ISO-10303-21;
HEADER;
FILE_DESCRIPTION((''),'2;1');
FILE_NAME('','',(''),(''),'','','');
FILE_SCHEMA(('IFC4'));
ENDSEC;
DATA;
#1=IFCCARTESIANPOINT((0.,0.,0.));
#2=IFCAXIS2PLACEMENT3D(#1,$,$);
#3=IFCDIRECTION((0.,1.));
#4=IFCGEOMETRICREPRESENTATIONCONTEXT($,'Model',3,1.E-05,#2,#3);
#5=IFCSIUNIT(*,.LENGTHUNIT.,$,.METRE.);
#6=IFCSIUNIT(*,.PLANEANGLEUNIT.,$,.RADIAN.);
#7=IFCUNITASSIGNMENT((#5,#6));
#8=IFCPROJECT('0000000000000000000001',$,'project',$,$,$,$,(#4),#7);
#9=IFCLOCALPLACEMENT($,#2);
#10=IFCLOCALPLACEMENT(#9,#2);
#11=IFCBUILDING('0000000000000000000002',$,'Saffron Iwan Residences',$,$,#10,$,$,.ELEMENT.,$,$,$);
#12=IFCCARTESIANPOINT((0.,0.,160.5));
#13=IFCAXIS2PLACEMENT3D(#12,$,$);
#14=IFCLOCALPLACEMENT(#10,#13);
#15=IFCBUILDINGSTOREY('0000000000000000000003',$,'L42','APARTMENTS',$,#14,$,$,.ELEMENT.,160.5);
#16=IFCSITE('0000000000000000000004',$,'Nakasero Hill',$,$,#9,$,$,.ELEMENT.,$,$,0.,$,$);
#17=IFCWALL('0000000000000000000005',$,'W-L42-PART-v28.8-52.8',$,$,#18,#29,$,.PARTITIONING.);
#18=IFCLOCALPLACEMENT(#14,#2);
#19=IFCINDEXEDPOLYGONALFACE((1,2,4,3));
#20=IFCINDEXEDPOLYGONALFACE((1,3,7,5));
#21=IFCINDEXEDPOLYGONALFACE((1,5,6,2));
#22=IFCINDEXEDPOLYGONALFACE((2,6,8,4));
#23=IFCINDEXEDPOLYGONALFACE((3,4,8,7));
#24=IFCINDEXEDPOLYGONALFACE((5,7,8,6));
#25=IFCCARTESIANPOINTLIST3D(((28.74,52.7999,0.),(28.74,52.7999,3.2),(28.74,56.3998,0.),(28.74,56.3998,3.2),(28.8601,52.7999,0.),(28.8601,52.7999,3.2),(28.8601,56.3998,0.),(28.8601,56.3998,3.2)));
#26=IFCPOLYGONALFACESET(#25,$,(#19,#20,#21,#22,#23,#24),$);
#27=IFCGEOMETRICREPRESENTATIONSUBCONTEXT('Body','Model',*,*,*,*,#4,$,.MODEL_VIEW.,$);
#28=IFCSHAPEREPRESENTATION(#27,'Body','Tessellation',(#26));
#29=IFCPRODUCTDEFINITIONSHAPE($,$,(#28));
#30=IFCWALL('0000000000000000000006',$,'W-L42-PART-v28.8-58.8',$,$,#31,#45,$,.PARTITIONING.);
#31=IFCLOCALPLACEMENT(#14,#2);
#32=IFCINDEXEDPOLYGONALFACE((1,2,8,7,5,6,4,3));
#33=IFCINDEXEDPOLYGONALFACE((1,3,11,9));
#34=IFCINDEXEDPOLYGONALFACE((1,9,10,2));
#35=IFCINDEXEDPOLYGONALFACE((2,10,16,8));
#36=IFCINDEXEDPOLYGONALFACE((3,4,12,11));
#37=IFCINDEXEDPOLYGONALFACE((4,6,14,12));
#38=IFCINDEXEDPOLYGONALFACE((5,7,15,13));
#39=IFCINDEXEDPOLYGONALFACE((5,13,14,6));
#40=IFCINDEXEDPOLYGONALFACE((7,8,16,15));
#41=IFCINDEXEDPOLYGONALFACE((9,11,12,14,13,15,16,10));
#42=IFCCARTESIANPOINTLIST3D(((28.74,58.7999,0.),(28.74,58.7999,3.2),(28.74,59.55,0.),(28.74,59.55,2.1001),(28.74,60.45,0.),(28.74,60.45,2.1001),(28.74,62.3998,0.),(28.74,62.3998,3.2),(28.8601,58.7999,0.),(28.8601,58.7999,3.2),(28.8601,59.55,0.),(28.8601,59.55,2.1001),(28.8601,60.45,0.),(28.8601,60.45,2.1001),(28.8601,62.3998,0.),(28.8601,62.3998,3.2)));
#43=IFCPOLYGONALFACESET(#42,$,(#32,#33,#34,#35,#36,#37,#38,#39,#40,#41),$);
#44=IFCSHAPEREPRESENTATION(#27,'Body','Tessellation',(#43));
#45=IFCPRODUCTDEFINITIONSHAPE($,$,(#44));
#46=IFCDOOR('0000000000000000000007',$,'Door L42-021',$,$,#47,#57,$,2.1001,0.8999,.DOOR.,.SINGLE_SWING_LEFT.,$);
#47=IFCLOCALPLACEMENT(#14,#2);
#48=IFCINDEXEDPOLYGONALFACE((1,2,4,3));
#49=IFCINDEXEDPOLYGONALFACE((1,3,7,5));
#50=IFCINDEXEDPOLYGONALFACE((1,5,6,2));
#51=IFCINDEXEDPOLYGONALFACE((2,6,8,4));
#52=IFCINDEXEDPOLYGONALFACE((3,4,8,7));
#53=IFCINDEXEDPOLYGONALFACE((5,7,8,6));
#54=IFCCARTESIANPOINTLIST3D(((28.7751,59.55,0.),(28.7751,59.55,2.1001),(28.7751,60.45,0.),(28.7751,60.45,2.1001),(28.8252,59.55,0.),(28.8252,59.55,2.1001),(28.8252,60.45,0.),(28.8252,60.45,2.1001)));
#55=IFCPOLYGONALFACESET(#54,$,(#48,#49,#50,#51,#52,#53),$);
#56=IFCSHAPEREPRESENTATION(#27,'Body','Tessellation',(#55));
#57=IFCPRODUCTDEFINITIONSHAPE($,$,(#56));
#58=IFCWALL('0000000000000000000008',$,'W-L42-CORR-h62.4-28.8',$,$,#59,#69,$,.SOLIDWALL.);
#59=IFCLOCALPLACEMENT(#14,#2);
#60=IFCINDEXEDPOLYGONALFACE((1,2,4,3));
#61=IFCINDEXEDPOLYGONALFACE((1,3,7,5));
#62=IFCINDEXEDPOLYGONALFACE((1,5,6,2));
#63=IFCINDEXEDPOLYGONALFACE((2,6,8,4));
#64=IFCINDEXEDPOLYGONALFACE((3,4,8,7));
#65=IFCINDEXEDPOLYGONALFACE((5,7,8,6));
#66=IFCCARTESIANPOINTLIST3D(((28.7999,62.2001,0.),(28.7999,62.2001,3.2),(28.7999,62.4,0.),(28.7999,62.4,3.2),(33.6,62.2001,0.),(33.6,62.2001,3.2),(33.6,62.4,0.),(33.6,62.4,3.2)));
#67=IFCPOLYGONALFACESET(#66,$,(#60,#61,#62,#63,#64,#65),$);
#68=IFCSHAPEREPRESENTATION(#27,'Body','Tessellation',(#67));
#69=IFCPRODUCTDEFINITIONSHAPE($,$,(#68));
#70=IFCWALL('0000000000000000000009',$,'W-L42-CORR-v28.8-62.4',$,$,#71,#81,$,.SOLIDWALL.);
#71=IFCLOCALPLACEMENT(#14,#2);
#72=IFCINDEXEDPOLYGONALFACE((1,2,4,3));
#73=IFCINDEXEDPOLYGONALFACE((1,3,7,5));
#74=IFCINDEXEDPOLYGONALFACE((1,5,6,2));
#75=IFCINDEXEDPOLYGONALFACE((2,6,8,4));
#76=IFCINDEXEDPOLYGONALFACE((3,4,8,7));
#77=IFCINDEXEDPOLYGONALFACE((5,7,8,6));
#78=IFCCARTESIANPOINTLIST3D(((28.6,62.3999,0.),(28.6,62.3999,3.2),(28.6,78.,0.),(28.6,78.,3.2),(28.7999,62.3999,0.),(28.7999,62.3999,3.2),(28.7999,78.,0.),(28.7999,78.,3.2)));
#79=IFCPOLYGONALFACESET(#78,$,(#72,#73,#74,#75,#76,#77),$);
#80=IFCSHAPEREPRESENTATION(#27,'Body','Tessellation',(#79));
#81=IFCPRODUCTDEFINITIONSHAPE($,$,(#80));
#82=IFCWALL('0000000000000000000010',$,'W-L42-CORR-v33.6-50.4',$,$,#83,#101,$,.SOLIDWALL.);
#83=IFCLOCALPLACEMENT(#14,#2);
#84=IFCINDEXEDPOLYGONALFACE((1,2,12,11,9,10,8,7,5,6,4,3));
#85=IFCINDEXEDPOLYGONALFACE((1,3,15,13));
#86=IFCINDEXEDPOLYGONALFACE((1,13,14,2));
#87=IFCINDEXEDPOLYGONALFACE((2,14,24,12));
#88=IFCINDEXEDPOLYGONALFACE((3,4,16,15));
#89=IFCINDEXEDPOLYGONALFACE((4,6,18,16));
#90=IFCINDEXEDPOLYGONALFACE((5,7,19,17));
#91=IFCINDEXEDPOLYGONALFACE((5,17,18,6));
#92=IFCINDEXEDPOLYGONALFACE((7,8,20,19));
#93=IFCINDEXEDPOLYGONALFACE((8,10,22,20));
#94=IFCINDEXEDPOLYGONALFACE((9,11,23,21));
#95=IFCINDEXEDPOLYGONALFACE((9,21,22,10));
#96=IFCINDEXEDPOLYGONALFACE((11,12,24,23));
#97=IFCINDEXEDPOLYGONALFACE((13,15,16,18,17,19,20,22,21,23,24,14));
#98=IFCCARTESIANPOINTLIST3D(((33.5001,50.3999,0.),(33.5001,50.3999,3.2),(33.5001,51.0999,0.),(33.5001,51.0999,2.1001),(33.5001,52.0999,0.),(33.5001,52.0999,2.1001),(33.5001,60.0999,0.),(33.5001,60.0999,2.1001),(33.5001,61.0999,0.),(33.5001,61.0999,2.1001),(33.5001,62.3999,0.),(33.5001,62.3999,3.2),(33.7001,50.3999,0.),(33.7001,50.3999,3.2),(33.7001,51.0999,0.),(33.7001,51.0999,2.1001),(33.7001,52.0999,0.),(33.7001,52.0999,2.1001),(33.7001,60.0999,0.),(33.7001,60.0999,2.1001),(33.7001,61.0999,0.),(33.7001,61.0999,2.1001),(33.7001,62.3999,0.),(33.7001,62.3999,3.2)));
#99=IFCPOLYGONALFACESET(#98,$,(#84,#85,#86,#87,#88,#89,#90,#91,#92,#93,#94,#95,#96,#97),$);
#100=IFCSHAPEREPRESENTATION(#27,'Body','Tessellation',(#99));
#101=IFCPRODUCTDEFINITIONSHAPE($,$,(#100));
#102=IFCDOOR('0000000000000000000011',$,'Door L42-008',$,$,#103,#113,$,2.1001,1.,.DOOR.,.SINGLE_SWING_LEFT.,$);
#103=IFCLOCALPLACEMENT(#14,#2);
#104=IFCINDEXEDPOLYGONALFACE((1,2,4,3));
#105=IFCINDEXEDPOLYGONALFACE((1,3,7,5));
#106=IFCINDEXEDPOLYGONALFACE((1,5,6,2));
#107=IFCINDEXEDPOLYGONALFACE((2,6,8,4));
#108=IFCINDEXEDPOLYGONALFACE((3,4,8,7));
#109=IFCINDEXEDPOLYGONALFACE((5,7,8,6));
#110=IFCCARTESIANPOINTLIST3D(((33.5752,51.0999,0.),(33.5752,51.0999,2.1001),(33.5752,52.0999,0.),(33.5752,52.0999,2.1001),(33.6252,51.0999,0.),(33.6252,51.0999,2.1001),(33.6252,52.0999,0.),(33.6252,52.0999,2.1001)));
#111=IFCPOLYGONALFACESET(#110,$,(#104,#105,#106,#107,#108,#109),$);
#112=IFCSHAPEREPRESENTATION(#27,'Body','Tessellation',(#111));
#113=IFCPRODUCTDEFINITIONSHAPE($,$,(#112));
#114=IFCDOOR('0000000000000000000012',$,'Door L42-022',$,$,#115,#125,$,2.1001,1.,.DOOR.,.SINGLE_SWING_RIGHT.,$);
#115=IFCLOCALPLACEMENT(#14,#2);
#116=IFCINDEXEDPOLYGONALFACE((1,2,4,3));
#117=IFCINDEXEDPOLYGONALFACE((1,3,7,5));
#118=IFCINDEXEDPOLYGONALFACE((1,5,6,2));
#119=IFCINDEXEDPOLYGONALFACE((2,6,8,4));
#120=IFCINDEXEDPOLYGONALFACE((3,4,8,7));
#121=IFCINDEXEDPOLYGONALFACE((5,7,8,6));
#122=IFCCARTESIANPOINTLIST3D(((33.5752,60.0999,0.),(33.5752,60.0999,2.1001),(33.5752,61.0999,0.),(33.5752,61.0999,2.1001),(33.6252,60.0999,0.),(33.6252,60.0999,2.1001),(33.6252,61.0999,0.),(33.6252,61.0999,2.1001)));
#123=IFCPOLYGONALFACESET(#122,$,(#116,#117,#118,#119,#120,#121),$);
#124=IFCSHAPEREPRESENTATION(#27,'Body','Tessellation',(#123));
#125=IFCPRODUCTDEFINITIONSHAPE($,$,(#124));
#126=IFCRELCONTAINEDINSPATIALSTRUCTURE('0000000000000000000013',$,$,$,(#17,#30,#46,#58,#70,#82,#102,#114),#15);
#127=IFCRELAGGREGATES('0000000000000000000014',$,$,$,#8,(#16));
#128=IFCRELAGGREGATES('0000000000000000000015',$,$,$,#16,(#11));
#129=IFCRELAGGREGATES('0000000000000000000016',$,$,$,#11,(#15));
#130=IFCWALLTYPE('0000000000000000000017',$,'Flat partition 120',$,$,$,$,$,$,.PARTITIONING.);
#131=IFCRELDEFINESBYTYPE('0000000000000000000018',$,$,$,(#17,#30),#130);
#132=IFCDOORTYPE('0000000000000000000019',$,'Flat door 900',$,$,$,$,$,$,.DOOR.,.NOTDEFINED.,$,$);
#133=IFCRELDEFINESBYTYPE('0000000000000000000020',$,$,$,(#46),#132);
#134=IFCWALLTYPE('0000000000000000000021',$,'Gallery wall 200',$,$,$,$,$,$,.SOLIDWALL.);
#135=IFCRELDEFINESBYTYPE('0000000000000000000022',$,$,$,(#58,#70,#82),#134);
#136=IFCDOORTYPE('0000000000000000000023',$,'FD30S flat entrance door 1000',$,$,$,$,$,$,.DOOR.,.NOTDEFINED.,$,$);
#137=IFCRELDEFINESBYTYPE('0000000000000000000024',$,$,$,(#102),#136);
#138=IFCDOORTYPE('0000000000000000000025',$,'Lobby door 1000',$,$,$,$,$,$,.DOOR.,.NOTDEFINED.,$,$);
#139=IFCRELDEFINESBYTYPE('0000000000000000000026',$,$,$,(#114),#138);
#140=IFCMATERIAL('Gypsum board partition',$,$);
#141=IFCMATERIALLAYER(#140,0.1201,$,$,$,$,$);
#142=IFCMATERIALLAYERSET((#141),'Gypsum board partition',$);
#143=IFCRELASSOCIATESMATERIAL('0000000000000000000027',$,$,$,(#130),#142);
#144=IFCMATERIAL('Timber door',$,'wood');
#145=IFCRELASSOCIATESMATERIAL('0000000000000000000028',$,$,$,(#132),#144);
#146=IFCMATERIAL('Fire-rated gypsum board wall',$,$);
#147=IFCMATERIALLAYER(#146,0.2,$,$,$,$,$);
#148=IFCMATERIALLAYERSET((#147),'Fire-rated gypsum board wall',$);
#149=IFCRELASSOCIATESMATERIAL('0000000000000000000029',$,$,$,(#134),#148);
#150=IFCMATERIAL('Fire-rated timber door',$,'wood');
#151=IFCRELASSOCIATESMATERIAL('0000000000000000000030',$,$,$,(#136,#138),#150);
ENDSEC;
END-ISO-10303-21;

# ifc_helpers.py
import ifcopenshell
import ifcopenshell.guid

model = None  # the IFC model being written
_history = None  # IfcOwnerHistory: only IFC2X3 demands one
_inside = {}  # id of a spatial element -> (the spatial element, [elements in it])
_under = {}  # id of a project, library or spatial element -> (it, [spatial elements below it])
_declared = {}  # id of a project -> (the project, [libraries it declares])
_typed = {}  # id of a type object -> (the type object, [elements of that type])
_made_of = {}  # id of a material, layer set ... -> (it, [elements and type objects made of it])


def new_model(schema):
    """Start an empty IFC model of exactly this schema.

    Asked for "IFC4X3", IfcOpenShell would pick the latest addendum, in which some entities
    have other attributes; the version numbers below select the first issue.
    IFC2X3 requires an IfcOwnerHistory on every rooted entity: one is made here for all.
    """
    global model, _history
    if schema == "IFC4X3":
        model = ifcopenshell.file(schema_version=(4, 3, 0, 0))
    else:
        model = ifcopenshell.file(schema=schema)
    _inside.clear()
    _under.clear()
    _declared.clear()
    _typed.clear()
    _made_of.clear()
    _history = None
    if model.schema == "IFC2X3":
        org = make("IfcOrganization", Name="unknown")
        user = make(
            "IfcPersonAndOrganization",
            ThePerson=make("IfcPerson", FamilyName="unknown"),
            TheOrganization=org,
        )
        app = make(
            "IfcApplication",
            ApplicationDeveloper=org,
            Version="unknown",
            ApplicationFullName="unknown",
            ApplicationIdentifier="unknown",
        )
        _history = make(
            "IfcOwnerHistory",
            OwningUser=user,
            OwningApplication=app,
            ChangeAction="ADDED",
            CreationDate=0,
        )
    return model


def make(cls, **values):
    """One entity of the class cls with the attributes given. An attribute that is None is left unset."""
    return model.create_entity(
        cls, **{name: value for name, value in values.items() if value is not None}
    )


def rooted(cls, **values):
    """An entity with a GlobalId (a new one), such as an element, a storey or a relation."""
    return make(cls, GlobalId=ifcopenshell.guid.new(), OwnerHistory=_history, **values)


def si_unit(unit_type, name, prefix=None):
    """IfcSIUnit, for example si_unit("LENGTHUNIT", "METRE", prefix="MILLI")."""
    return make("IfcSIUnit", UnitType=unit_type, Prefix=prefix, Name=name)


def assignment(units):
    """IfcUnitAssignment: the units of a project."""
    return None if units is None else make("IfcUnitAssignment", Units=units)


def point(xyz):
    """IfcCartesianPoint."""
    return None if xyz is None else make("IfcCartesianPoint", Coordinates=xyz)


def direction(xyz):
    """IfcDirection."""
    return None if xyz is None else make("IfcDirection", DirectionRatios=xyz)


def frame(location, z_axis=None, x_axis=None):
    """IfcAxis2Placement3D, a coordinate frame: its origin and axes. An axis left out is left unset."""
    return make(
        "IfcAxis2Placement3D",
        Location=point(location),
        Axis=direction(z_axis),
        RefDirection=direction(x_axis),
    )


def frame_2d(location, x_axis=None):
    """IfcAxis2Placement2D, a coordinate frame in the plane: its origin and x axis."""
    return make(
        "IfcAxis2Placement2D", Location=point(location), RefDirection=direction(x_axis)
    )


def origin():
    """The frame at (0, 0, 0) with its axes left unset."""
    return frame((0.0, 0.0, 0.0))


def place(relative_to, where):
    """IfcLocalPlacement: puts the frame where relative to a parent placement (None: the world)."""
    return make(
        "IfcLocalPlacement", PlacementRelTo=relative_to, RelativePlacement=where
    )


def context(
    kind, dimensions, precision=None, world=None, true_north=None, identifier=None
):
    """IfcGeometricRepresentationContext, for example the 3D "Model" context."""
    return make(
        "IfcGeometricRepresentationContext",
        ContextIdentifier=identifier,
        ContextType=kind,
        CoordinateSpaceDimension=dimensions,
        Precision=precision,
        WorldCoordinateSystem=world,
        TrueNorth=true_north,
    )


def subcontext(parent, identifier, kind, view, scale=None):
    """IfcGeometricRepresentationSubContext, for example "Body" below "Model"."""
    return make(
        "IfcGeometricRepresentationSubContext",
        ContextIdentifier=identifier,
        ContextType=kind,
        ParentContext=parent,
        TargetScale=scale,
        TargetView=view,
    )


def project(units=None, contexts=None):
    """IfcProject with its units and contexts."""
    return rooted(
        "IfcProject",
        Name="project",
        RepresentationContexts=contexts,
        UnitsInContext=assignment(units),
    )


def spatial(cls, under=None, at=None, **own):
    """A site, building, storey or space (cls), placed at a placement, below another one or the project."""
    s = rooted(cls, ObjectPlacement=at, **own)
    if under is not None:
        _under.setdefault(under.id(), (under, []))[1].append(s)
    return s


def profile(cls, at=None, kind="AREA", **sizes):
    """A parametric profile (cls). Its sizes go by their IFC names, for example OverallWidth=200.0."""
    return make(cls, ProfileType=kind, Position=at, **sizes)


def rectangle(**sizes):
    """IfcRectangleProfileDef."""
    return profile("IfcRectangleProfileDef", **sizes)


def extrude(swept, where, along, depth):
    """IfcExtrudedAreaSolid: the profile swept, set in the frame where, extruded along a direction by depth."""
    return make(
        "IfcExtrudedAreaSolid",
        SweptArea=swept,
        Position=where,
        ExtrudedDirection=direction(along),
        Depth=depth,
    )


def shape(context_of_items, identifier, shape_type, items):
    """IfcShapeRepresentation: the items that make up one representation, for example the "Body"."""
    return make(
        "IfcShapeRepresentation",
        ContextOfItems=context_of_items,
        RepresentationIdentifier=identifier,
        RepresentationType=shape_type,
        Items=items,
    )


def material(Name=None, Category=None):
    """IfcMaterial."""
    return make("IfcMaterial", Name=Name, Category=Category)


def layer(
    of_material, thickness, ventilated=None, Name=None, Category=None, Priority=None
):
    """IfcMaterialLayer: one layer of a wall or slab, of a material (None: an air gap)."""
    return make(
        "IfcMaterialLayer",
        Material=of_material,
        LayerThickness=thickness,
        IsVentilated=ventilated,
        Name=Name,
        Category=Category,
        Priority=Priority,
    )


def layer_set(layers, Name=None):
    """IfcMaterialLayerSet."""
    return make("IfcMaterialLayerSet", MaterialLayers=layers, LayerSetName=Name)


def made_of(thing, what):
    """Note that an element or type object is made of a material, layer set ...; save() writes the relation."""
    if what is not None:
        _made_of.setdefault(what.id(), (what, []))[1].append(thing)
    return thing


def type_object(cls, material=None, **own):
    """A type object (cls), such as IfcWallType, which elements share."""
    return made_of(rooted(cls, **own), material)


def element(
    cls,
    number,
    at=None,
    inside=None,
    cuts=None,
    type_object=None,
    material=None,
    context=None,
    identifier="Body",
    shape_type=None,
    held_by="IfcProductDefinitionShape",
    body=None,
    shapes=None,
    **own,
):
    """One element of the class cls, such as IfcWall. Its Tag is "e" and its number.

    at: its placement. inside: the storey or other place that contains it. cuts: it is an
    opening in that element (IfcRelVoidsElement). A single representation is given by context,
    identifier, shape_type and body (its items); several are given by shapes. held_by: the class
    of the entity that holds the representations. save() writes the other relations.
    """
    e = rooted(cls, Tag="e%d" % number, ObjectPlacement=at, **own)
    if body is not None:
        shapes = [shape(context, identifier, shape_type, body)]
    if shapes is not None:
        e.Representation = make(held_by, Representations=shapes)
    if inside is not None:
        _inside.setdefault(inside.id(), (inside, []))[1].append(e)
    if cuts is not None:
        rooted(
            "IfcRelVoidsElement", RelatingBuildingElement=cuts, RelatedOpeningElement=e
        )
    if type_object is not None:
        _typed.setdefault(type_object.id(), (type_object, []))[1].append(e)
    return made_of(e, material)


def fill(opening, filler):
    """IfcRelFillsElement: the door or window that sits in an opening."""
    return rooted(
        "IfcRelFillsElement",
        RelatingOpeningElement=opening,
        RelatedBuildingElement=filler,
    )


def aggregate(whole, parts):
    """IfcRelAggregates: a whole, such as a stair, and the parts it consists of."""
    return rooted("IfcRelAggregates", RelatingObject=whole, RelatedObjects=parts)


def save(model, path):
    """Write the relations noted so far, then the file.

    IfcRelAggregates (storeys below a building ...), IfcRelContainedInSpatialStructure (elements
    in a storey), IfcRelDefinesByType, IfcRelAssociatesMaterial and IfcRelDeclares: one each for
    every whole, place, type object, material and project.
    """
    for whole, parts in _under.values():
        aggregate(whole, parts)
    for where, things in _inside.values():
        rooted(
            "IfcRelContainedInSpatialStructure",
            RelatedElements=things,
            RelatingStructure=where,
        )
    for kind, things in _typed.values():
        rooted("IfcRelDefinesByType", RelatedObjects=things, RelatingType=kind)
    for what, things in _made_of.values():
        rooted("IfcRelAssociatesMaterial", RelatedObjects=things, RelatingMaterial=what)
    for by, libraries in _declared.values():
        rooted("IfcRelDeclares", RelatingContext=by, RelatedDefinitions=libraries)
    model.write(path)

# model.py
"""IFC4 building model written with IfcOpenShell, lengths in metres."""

from ifc_helpers import new_model, si_unit, direction, frame, frame_2d, origin, place, context, subcontext, project, spatial, rectangle, extrude, material, layer, layer_set, type_object, element, fill, save


model = new_model("IFC4")

# Units and contexts
model_context = context("Model", 3, precision=1e-05, world=origin(), true_north=direction((0.0, 1.0)))
body_context = subcontext(model_context, "Body", "Model", "MODEL_VIEW")
ifc_project = project(units=[si_unit("LENGTHUNIT", "METRE"), si_unit("PLANEANGLEUNIT", "RADIAN")], contexts=[model_context])

# Site, building, storey
site_placement = place(None, origin())
site = spatial("IfcSite", under=ifc_project, at=site_placement, Name="Nakasero Hill", CompositionType="ELEMENT", RefElevation=0.0)
building_placement = place(site_placement, origin())
building = spatial("IfcBuilding", under=site, at=building_placement, Name="Saffron Iwan Residences", CompositionType="ELEMENT")
storey_placement = place(building_placement, frame((0.0, 0.0, 160.5)))
storey = spatial("IfcBuildingStorey", under=building, at=storey_placement, Name="L42", Description="APARTMENTS", CompositionType="ELEMENT", Elevation=160.5)

# Wall
ifc_material_1 = material(Name="Fire-rated gypsum board wall")
ifc_material_2 = material(Name="Gypsum board partition")
ifc_layer_1 = layer(ifc_material_2, 0.1201)
ifc_layer_set_1 = layer_set([ifc_layer_1], Name="Gypsum board partition")
wall_type_1 = type_object("IfcWallType", Name="Flat partition 120", PredefinedType="PARTITIONING", material=ifc_layer_set_1)
wall_1_placement = place(storey_placement, frame((28.8, 52.8, 0.0), z_axis=(0.0, 0.0, 1.0), x_axis=(0.0, 1.0, 0.0)))
element("IfcWall", 1, at=wall_1_placement, inside=storey, type_object=wall_type_1, Name="W-L42-PART-v28.8-52.8", PredefinedType="PARTITIONING", context=body_context, shape_type="SweptSolid", body=[
    extrude(rectangle(XDim=3.5999, YDim=0.1201, at=frame_2d((1.7998, 0.0))), origin(), (0.0, 0.0, 1.0), 3.2),
])

# Wall, opening, door
wall_2_placement = place(storey_placement, frame((28.8, 58.8, 0.0), z_axis=(0.0, 0.0, 1.0), x_axis=(0.0, 1.0, 0.0)))
wall_2 = element("IfcWall", 2, at=wall_2_placement, inside=storey, type_object=wall_type_1, Name="W-L42-PART-v28.8-58.8", PredefinedType="PARTITIONING", context=body_context, shape_type="SweptSolid", body=[
    extrude(rectangle(XDim=3.5999, YDim=0.1201, at=frame_2d((1.7998, 0.0))), origin(), (0.0, 0.0, 1.0), 3.2),
])
opening_1_placement = place(wall_2_placement, frame((0.75, 0.0, 0.0)))
opening_1 = element("IfcOpeningElement", 3, at=opening_1_placement, cuts=wall_2, PredefinedType="OPENING", context=body_context, shape_type="SweptSolid", body=[
    extrude(rectangle(XDim=0.8999, YDim=2.1001, at=frame_2d((0.45, 1.05))), frame((0.0, 0.0701, 0.0), z_axis=(0.0, -1.0, 0.0), x_axis=(1.0, 0.0, 0.0)), (0.0, 0.0, 1.0), 0.1401),
])
ifc_material_3 = material(Name="Timber door", Category="wood")
door_type_1 = type_object("IfcDoorType", Name="Flat door 900", OperationType="NOTDEFINED", PredefinedType="DOOR", material=ifc_material_3)
door_1_placement = place(opening_1_placement, origin())
door_1 = element("IfcDoor", 4, at=door_1_placement, inside=storey, type_object=door_type_1, Name="Door L42-021", OperationType="SINGLE_SWING_LEFT", OverallHeight=2.1001, OverallWidth=0.8999, PredefinedType="DOOR", context=body_context, shape_type="SweptSolid", body=[
    extrude(rectangle(XDim=0.8999, YDim=2.1001, at=frame_2d((0.45, 1.05))), frame((0.0, 0.0249, 0.0), z_axis=(0.0, -1.0, 0.0), x_axis=(1.0, 0.0, 0.0)), (0.0, 0.0, 1.0), 0.05),
])
fill(opening_1, door_1)

# Walls
ifc_layer_2 = layer(ifc_material_1, 0.2)
ifc_layer_set_2 = layer_set([ifc_layer_2], Name="Fire-rated gypsum board wall")
wall_type_2 = type_object("IfcWallType", Name="Gallery wall 200", PredefinedType="SOLIDWALL", material=ifc_layer_set_2)
wall_3_placement = place(storey_placement, frame((28.8, 62.3, 0.0), z_axis=(0.0, 0.0, 1.0), x_axis=(1.0, 0.0, 0.0)))
element("IfcWall", 5, at=wall_3_placement, inside=storey, type_object=wall_type_2, Name="W-L42-CORR-h62.4-28.8", PredefinedType="SOLIDWALL", context=body_context, shape_type="SweptSolid", body=[
    extrude(rectangle(XDim=4.8, YDim=0.2, at=frame_2d((2.3999, 0.0))), origin(), (0.0, 0.0, 1.0), 3.2),
])
wall_4_placement = place(storey_placement, frame((28.7, 62.3999, 0.0), z_axis=(0.0, 0.0, 1.0), x_axis=(0.0, 1.0, 0.0)))
element("IfcWall", 6, at=wall_4_placement, inside=storey, type_object=wall_type_2, Name="W-L42-CORR-v28.8-62.4", PredefinedType="SOLIDWALL", context=body_context, shape_type="SweptSolid", body=[
    extrude(rectangle(XDim=15.6001, YDim=0.2, at=frame_2d((7.8, 0.0))), origin(), (0.0, 0.0, 1.0), 3.2),
])

# Wall, openings, doors
wall_5_placement = place(storey_placement, frame((33.6001, 50.3999, 0.0), z_axis=(0.0, 0.0, 1.0), x_axis=(0.0, 1.0, 0.0)))
wall_5 = element("IfcWall", 7, at=wall_5_placement, inside=storey, type_object=wall_type_2, Name="W-L42-CORR-v33.6-50.4", PredefinedType="SOLIDWALL", context=body_context, shape_type="SweptSolid", body=[
    extrude(rectangle(XDim=12.0, YDim=0.2, at=frame_2d((6.0, 0.0))), origin(), (0.0, 0.0, 1.0), 3.2),
])
opening_2_placement = place(wall_5_placement, frame((0.7, 0.0, 0.0)))
opening_2 = element("IfcOpeningElement", 8, at=opening_2_placement, cuts=wall_5, PredefinedType="OPENING", context=body_context, shape_type="SweptSolid", body=[
    extrude(rectangle(XDim=1.0, YDim=2.1001, at=frame_2d((0.5, 1.05))), frame((0.0, 0.1099, 0.0), z_axis=(0.0, -1.0, 0.0), x_axis=(1.0, 0.0, 0.0)), (0.0, 0.0, 1.0), 0.22),
])
opening_3_placement = place(wall_5_placement, frame((9.7, 0.0, 0.0)))
opening_3 = element("IfcOpeningElement", 9, at=opening_3_placement, cuts=wall_5, PredefinedType="OPENING", context=body_context, shape_type="SweptSolid", body=[
    extrude(rectangle(XDim=1.0, YDim=2.1001, at=frame_2d((0.5, 1.05))), frame((0.0, 0.1099, 0.0), z_axis=(0.0, -1.0, 0.0), x_axis=(1.0, 0.0, 0.0)), (0.0, 0.0, 1.0), 0.22),
])
ifc_material_4 = material(Name="Fire-rated timber door", Category="wood")
door_type_2 = type_object("IfcDoorType", Name="FD30S flat entrance door 1000", OperationType="NOTDEFINED", PredefinedType="DOOR", material=ifc_material_4)
door_2_placement = place(opening_2_placement, origin())
door_2 = element("IfcDoor", 10, at=door_2_placement, inside=storey, type_object=door_type_2, Name="Door L42-008", OperationType="SINGLE_SWING_LEFT", OverallHeight=2.1001, OverallWidth=1.0, PredefinedType="DOOR", context=body_context, shape_type="SweptSolid", body=[
    extrude(rectangle(XDim=1.0, YDim=2.1001, at=frame_2d((0.5, 1.05))), frame((0.0, 0.0249, 0.0), z_axis=(0.0, -1.0, 0.0), x_axis=(1.0, 0.0, 0.0)), (0.0, 0.0, 1.0), 0.05),
])
fill(opening_2, door_2)
door_type_3 = type_object("IfcDoorType", Name="Lobby door 1000", OperationType="NOTDEFINED", PredefinedType="DOOR", material=ifc_material_4)
door_3_placement = place(opening_3_placement, origin())
door_3 = element("IfcDoor", 11, at=door_3_placement, inside=storey, type_object=door_type_3, Name="Door L42-022", OperationType="SINGLE_SWING_RIGHT", OverallHeight=2.1001, OverallWidth=1.0, PredefinedType="DOOR", context=body_context, shape_type="SweptSolid", body=[
    extrude(rectangle(XDim=1.0, YDim=2.1001, at=frame_2d((0.5, 1.05))), frame((0.0, 0.0249, 0.0), z_axis=(0.0, -1.0, 0.0), x_axis=(1.0, 0.0, 0.0)), (0.0, 0.0, 1.0), 0.05),
])
fill(opening_3, door_3)

save(model, "model.ifc")
